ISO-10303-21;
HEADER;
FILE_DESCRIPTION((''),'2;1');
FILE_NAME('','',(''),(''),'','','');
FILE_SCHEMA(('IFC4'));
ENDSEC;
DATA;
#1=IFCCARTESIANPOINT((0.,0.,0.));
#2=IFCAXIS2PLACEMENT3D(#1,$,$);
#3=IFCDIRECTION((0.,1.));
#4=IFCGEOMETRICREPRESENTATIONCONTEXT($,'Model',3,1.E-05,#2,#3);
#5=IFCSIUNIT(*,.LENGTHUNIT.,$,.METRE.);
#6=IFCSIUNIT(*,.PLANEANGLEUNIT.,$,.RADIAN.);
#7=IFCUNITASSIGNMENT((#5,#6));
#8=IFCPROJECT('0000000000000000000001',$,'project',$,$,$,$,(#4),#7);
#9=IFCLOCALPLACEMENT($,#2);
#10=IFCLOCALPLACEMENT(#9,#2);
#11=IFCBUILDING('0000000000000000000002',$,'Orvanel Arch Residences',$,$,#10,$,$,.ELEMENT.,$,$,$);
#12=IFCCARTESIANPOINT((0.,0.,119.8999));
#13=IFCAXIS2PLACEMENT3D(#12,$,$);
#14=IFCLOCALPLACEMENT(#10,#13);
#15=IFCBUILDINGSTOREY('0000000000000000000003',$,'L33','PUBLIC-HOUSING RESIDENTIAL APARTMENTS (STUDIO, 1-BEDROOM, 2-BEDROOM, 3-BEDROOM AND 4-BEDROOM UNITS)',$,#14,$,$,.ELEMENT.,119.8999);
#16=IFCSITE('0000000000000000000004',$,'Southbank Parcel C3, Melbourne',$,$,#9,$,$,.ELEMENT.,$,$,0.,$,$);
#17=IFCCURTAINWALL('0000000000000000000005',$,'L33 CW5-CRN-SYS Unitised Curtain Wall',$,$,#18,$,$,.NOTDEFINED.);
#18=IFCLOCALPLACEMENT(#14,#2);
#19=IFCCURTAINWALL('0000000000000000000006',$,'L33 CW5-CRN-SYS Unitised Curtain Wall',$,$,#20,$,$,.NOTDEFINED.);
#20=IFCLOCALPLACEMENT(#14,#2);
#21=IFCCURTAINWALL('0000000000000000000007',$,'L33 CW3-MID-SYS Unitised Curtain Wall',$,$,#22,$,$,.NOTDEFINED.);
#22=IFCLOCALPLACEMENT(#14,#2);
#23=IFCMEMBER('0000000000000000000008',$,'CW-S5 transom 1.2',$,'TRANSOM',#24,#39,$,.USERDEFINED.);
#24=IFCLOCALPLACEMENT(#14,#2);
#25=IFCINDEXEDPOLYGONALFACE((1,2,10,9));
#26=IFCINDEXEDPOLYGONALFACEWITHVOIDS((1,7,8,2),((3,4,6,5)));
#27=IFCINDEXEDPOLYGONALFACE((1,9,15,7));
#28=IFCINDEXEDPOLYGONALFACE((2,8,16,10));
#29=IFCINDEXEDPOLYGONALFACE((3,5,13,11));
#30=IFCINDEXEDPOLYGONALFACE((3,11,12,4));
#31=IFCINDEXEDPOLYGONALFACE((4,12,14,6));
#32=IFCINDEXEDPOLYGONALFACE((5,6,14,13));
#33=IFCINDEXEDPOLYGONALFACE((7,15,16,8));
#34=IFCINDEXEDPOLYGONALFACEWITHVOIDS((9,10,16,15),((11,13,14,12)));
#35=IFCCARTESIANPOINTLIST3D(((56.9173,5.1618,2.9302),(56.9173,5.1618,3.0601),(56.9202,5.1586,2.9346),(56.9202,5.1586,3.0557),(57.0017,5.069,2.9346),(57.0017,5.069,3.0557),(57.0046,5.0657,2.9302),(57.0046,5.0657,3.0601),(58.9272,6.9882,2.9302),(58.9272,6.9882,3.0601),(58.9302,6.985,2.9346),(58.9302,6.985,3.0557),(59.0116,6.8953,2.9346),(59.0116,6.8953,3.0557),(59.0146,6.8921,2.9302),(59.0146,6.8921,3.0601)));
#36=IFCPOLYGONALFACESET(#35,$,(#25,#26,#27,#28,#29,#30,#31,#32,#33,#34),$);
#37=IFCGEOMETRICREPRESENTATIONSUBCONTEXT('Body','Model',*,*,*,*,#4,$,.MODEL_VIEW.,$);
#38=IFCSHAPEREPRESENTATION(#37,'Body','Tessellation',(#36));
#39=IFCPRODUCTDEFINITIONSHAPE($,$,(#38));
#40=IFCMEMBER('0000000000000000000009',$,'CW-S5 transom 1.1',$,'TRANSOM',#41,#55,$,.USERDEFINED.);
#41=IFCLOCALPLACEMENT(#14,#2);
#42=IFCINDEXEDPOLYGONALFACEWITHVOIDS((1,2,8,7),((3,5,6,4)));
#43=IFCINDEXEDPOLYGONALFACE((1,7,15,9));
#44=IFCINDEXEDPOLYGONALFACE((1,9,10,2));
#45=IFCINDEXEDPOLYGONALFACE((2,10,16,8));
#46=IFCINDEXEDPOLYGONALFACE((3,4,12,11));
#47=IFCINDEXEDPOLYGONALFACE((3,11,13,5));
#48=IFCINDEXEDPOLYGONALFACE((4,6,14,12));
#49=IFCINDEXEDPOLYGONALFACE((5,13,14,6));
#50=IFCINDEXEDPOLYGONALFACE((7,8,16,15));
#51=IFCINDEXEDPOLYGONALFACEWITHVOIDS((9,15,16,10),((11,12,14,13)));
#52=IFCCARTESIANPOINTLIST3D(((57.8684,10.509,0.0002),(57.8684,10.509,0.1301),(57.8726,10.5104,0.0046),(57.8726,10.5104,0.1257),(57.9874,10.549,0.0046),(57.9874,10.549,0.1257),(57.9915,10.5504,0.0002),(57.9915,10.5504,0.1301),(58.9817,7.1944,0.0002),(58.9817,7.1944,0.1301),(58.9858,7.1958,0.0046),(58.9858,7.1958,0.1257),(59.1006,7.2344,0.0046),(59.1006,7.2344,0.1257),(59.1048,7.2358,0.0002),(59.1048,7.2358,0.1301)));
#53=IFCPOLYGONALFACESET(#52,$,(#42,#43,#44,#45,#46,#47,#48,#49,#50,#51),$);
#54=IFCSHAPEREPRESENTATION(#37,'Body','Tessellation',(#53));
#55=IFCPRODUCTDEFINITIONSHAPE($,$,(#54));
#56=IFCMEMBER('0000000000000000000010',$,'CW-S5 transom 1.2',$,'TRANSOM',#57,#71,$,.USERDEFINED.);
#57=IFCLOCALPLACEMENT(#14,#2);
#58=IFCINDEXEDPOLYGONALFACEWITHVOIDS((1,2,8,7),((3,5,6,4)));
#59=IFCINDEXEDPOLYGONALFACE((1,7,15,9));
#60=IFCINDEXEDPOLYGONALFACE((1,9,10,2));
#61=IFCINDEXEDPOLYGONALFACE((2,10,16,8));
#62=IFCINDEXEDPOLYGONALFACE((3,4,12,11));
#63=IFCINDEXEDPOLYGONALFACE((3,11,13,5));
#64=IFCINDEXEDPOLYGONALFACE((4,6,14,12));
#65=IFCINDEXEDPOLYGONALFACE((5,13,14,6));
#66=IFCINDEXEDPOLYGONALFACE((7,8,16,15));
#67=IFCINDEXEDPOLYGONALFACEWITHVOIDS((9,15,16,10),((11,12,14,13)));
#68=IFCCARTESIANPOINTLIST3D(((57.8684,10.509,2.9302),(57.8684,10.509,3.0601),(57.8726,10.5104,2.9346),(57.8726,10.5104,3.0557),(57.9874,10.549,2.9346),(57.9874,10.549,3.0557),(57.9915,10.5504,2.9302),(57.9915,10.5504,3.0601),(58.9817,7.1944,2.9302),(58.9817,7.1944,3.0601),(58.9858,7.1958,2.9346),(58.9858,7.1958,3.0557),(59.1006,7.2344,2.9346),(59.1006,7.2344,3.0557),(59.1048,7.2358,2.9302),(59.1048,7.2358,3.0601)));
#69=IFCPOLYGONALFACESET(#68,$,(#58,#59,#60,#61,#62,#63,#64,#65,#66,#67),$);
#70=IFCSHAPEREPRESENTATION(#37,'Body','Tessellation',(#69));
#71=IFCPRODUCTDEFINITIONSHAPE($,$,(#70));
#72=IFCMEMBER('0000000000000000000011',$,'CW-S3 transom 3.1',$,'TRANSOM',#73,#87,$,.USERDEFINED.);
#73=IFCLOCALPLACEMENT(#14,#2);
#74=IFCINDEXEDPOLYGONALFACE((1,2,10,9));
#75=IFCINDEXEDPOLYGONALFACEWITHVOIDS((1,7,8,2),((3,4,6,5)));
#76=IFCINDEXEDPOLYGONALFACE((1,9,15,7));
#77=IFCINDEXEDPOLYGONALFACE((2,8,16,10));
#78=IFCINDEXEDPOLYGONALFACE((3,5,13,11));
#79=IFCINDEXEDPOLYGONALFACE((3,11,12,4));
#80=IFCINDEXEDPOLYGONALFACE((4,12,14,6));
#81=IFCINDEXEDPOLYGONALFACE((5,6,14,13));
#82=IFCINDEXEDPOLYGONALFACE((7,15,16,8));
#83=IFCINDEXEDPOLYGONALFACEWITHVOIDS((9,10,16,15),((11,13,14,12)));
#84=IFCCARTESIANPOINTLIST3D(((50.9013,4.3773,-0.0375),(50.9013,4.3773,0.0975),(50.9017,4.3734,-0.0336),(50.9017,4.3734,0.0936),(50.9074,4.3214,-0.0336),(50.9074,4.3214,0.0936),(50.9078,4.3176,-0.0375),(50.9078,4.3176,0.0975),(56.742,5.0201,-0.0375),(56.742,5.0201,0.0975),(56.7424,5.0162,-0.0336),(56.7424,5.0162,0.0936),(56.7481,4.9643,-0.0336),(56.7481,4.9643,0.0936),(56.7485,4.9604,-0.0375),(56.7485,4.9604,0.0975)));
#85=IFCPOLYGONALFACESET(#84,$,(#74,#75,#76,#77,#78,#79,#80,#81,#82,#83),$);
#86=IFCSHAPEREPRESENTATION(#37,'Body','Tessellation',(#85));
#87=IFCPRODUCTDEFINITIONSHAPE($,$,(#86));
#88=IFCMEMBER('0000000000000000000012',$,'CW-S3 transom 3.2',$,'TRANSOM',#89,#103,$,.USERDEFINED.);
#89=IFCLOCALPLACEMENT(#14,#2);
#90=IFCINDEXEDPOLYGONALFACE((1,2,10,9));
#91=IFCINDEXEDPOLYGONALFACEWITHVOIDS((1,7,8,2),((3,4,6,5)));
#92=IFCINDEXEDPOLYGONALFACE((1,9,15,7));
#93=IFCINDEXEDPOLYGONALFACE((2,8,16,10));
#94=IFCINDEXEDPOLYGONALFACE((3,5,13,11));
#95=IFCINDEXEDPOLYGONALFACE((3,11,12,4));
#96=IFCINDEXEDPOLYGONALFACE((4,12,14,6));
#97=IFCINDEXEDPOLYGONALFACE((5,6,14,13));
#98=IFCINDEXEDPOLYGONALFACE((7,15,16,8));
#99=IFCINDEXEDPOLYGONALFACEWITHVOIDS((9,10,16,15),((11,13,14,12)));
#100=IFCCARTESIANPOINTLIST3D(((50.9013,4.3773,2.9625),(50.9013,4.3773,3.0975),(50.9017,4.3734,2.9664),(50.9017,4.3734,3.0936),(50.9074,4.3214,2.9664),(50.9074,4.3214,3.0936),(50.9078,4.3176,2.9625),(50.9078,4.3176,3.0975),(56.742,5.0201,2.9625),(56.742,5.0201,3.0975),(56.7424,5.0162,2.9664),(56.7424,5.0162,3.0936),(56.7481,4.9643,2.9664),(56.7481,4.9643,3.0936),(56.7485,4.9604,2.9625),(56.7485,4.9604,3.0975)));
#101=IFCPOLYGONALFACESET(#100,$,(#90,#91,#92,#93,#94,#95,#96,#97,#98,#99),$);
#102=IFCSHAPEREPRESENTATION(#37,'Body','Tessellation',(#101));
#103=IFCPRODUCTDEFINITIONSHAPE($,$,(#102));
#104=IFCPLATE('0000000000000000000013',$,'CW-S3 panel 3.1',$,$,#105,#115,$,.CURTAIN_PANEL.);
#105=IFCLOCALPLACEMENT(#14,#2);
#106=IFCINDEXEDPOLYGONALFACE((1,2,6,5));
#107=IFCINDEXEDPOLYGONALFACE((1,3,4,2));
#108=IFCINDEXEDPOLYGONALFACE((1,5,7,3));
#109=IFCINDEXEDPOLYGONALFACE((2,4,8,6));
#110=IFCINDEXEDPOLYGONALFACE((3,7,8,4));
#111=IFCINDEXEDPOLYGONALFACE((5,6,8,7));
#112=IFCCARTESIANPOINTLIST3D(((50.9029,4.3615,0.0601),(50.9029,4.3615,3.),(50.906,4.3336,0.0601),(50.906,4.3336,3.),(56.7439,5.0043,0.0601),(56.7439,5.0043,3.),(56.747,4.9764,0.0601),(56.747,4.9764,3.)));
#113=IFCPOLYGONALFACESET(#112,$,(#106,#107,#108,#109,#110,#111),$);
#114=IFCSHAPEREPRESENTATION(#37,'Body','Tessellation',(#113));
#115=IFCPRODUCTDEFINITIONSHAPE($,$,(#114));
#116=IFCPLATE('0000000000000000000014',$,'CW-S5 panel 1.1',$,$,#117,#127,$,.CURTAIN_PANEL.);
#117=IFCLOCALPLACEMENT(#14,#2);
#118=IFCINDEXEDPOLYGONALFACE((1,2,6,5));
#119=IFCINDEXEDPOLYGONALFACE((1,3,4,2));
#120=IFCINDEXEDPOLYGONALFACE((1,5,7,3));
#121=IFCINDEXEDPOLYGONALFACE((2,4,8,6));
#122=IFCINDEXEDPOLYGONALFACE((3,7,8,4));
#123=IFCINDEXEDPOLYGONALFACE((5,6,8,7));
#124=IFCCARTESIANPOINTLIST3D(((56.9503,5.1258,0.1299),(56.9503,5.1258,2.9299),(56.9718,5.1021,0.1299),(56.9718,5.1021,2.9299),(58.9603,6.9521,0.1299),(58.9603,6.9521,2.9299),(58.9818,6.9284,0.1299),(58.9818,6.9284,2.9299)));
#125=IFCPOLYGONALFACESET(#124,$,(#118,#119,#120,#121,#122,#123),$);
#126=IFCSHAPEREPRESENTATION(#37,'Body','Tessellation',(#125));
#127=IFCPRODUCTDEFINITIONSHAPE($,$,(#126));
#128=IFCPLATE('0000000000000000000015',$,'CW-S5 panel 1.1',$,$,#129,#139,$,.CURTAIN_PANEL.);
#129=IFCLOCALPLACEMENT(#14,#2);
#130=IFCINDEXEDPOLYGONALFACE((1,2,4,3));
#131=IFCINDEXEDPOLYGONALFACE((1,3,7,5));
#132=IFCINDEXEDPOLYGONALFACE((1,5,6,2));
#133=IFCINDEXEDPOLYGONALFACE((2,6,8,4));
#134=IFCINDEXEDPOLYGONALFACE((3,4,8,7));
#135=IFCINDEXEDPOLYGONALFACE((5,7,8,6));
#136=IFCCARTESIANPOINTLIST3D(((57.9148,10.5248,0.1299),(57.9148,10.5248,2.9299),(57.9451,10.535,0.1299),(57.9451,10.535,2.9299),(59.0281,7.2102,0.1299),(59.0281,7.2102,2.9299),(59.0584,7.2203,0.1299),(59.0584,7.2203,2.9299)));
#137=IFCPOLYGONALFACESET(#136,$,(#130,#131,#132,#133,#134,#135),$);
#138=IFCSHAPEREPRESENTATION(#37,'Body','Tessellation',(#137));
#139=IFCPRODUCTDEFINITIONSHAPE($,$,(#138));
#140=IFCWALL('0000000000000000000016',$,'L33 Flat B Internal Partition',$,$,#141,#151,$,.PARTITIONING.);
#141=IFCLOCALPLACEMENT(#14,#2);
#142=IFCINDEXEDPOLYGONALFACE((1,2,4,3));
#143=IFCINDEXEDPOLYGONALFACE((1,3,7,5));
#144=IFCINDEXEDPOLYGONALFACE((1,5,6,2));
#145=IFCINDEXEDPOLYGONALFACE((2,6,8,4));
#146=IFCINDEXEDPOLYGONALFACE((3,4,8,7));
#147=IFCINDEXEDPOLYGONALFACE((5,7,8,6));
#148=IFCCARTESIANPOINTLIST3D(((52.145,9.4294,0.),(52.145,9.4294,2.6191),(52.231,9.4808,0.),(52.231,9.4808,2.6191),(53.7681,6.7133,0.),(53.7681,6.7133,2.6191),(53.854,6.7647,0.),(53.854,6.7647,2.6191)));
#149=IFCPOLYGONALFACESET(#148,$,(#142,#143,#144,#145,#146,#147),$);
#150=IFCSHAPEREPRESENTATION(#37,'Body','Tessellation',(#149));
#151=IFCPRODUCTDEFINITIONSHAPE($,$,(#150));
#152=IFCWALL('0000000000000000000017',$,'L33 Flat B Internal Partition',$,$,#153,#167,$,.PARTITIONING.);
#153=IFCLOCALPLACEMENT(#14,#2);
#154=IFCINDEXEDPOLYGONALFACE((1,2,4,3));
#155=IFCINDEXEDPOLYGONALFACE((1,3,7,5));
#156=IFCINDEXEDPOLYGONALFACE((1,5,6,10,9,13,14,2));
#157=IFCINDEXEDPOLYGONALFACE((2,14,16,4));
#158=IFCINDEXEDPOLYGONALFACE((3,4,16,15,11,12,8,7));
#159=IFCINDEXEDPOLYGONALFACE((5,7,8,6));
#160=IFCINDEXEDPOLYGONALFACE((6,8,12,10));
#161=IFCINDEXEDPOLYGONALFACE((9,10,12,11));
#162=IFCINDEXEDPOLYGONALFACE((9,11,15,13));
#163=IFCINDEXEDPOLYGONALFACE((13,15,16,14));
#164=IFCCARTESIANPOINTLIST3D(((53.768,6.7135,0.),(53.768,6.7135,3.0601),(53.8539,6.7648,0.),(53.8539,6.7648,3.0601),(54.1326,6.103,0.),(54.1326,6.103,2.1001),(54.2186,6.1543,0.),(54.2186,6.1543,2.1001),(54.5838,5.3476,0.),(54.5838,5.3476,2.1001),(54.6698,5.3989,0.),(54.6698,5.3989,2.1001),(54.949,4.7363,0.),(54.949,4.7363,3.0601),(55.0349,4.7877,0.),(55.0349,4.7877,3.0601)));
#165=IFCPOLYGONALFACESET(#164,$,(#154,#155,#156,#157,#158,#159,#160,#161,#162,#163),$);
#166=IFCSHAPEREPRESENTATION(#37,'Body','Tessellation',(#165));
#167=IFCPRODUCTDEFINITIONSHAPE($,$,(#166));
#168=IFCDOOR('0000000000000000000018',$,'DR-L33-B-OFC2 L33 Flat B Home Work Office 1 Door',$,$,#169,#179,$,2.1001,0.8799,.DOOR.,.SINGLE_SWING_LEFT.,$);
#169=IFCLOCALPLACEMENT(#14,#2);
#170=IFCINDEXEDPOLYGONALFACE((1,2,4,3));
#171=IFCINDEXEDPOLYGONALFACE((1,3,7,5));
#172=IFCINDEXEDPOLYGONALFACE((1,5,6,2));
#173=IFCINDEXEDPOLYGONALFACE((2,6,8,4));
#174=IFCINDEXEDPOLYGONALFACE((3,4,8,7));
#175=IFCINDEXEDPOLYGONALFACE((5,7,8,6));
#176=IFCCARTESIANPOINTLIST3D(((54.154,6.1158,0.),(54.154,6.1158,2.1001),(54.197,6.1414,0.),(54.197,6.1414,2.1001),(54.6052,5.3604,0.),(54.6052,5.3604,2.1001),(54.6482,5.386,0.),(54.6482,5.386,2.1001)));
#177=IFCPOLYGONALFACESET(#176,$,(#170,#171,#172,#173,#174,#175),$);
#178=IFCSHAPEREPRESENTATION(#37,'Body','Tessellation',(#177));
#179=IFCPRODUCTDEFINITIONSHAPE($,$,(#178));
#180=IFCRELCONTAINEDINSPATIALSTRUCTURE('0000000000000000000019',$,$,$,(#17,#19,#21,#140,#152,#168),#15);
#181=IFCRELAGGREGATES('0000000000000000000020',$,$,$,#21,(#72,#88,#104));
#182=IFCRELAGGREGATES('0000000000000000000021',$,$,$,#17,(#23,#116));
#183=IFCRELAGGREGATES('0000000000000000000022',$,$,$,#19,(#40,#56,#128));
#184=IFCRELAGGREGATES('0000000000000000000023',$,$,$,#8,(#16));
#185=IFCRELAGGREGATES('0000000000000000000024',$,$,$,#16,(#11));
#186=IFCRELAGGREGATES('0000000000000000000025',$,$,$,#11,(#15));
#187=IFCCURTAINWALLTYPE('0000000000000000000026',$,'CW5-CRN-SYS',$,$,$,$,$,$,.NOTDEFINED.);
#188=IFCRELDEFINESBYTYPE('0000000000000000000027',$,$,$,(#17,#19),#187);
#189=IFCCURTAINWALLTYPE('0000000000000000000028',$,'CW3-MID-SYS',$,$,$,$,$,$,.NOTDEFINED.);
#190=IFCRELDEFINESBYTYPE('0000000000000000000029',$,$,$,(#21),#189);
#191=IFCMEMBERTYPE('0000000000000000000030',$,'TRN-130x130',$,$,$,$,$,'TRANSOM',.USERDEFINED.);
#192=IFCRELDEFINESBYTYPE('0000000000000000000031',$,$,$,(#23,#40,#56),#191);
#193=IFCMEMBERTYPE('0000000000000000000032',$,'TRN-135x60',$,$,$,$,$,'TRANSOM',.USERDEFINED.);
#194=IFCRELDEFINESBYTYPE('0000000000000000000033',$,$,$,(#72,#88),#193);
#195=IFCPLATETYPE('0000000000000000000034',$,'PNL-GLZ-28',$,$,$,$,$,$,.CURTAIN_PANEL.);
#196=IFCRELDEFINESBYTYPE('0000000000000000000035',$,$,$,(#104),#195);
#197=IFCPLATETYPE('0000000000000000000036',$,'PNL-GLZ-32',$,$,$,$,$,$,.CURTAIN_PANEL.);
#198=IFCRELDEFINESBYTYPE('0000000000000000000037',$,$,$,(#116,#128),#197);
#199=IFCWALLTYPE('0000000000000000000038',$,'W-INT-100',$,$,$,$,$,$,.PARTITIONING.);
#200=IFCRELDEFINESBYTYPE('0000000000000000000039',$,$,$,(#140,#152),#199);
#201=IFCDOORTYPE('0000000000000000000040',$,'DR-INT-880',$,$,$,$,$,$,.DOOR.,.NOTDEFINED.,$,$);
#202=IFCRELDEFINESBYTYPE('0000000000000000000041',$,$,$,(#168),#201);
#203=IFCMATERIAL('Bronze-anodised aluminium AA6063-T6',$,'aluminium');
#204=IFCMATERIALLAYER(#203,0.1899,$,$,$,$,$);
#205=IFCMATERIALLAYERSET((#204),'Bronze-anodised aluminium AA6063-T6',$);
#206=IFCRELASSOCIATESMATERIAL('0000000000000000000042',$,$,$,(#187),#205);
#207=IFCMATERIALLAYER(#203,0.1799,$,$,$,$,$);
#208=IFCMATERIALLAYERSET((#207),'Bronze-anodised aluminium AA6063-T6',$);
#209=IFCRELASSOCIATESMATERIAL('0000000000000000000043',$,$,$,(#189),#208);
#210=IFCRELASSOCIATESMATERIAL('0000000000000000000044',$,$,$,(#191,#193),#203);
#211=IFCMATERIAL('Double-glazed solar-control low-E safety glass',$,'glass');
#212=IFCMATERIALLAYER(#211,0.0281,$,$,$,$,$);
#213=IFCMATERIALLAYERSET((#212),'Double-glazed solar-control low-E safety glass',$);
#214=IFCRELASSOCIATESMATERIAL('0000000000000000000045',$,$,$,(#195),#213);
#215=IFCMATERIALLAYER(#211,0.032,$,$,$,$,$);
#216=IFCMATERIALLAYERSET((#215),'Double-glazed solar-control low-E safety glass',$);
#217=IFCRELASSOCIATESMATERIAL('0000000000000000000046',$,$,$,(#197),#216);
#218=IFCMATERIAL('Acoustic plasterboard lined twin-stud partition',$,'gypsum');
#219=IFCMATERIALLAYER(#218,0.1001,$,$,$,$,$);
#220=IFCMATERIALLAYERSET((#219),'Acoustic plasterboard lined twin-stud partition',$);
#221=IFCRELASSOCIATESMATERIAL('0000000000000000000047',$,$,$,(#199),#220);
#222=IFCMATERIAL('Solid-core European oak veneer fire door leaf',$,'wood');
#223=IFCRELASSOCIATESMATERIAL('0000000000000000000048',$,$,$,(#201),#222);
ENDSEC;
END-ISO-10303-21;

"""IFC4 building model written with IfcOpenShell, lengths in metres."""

from ifc_helpers import new_model, si_unit, direction, frame, frame_2d, origin, origin_2d, place, context, subcontext, project, spatial, rectangle, hollow_rectangle, extrude, material, layer, layer_set, material_profile, profile_set, type_object, element, fill, aggregate, save


model = new_model("IFC4")

# Units and contexts
model_context = context("Model", 3, precision=1e-05, world=origin(), true_north=direction((0.0, 1.0)))
body_context = subcontext(model_context, "Body", "Model", "MODEL_VIEW")
ifc_project = project(units=[si_unit("LENGTHUNIT", "METRE"), si_unit("PLANEANGLEUNIT", "RADIAN")], contexts=[model_context])

# Site, building, storey
site_placement = place(None, origin())
site = spatial("IfcSite", under=ifc_project, at=site_placement, Name="Southbank Parcel C3, Melbourne", CompositionType="ELEMENT", RefElevation=0.0)
building_placement = place(site_placement, origin())
building = spatial("IfcBuilding", under=site, at=building_placement, Name="Orvanel Arch Residences", CompositionType="ELEMENT")
storey_placement = place(building_placement, frame((0.0, 0.0, 119.8999)))
storey = spatial("IfcBuildingStorey", under=building, at=storey_placement, Name="L33", Description="PUBLIC-HOUSING RESIDENTIAL APARTMENTS (STUDIO, 1-BEDROOM, 2-BEDROOM, 3-BEDROOM AND 4-BEDROOM UNITS)", CompositionType="ELEMENT", Elevation=119.8999)

# Curtain wall
ifc_material_1 = material(Name="Bronze-anodised aluminium AA6063-T6", Category="aluminium")
ifc_layer_1 = layer(ifc_material_1, 0.1899)
ifc_layer_set_1 = layer_set([ifc_layer_1], Name="Bronze-anodised aluminium AA6063-T6")
curtain_wall_type_1 = type_object("IfcCurtainWallType", Name="CW5-CRN-SYS", PredefinedType="NOTDEFINED", material=ifc_layer_set_1)
curtain_wall_1_placement = place(storey_placement, origin())
curtain_wall_1 = element("IfcCurtainWall", 1, at=curtain_wall_1_placement, inside=storey, type_object=curtain_wall_type_1, Name="L33 CW5-CRN-SYS Unitised Curtain Wall", PredefinedType="NOTDEFINED")

# Curtain walls
curtain_wall_2_placement = place(storey_placement, origin())
curtain_wall_2 = element("IfcCurtainWall", 2, at=curtain_wall_2_placement, inside=storey, type_object=curtain_wall_type_1, Name="L33 CW5-CRN-SYS Unitised Curtain Wall", PredefinedType="NOTDEFINED")
ifc_layer_2 = layer(ifc_material_1, 0.1799)
ifc_layer_set_2 = layer_set([ifc_layer_2], Name="Bronze-anodised aluminium AA6063-T6")
curtain_wall_type_2 = type_object("IfcCurtainWallType", Name="CW3-MID-SYS", PredefinedType="NOTDEFINED", material=ifc_layer_set_2)
curtain_wall_3_placement = place(storey_placement, origin())
curtain_wall_3 = element("IfcCurtainWall", 3, at=curtain_wall_3_placement, inside=storey, type_object=curtain_wall_type_2, Name="L33 CW3-MID-SYS Unitised Curtain Wall", PredefinedType="NOTDEFINED")

# Members
ifc_material_profile_1 = material_profile(ifc_material_1, hollow_rectangle(XDim=0.1299, YDim=0.1299, WallThickness=0.0044, at=origin_2d()), Name="ALU130x130x4.5")
ifc_profile_set_1 = profile_set([ifc_material_profile_1], Name="Bronze-anodised aluminium AA6063-T6")
member_type_1 = type_object("IfcMemberType", Name="TRN-130x130", ElementType="TRANSOM", PredefinedType="USERDEFINED", material=ifc_profile_set_1)
member_1_placement = place(storey_placement, frame((56.9609, 5.1138, 2.9951), z_axis=(0.740099, 0.672498, 0.0), x_axis=(-0.672498, 0.740099, 0.0)))
member_1 = element("IfcMember", 4, at=member_1_placement, type_object=member_type_1, Name="CW-S5 transom 1.2", ObjectType="TRANSOM", PredefinedType="USERDEFINED", context=body_context, shape_type="SweptSolid", body=[
    extrude(hollow_rectangle(XDim=0.1299, YDim=0.1299, WallThickness=0.0044, at=origin_2d()), origin(), (0.0, 0.0, 1.0), 2.7158),
])
member_2_placement = place(storey_placement, frame((59.0432, 7.2151, 0.0652), z_axis=(-0.318384, 0.947962, 0.0), x_axis=(-0.947962, -0.318384, 0.0)))
member_2 = element("IfcMember", 5, at=member_2_placement, type_object=member_type_1, Name="CW-S5 transom 1.1", ObjectType="TRANSOM", PredefinedType="USERDEFINED", context=body_context, shape_type="SweptSolid", body=[
    extrude(hollow_rectangle(XDim=0.1299, YDim=0.1299, WallThickness=0.0044, at=origin_2d()), origin(), (0.0, 0.0, 1.0), 3.4966),
])
member_3_placement = place(storey_placement, frame((59.0432, 7.2151, 2.9951), z_axis=(-0.318384, 0.947962, 0.0), x_axis=(-0.947962, -0.318384, 0.0)))
member_3 = element("IfcMember", 6, at=member_3_placement, type_object=member_type_1, Name="CW-S5 transom 1.2", ObjectType="TRANSOM", PredefinedType="USERDEFINED", context=body_context, shape_type="SweptSolid", body=[
    extrude(hollow_rectangle(XDim=0.1299, YDim=0.1299, WallThickness=0.0044, at=origin_2d()), origin(), (0.0, 0.0, 1.0), 3.4966),
])
ifc_material_profile_2 = material_profile(ifc_material_1, hollow_rectangle(XDim=0.0601, YDim=0.135, WallThickness=0.0039, at=origin_2d()), Name="ALU135x60x4")
ifc_profile_set_2 = profile_set([ifc_material_profile_2], Name="Bronze-anodised aluminium AA6063-T6")
member_type_2 = type_object("IfcMemberType", Name="TRN-135x60", ElementType="TRANSOM", PredefinedType="USERDEFINED", material=ifc_profile_set_2)
member_4_placement = place(storey_placement, frame((50.9045, 4.3474, 0.03), z_axis=(0.993998, 0.109396, 0.0), x_axis=(-0.109396, 0.993998, 0.0)))
member_4 = element("IfcMember", 7, at=member_4_placement, type_object=member_type_2, Name="CW-S3 transom 3.1", ObjectType="TRANSOM", PredefinedType="USERDEFINED", context=body_context, shape_type="SweptSolid", body=[
    extrude(hollow_rectangle(XDim=0.0601, YDim=0.135, WallThickness=0.0039, at=origin_2d()), origin(), (0.0, 0.0, 1.0), 5.876),
])
member_5_placement = place(storey_placement, frame((50.9045, 4.3474, 3.03), z_axis=(0.993998, 0.109396, 0.0), x_axis=(-0.109396, 0.993998, 0.0)))
member_5 = element("IfcMember", 8, at=member_5_placement, type_object=member_type_2, Name="CW-S3 transom 3.2", ObjectType="TRANSOM", PredefinedType="USERDEFINED", context=body_context, shape_type="SweptSolid", body=[
    extrude(hollow_rectangle(XDim=0.0601, YDim=0.135, WallThickness=0.0039, at=origin_2d()), origin(), (0.0, 0.0, 1.0), 5.876),
])

# Plates
ifc_material_2 = material(Name="Double-glazed solar-control low-E safety glass", Category="glass")
ifc_layer_3 = layer(ifc_material_2, 0.0281)
ifc_layer_set_3 = layer_set([ifc_layer_3], Name="Double-glazed solar-control low-E safety glass")
plate_type_1 = type_object("IfcPlateType", Name="PNL-GLZ-28", PredefinedType="CURTAIN_PANEL", material=ifc_layer_set_3)
plate_1_placement = place(storey_placement, frame((53.825, 4.6689, 0.0601), z_axis=(0.0, 0.0, 1.0), x_axis=(0.993998, 0.109398, 0.0)))
plate_1 = element("IfcPlate", 9, at=plate_1_placement, type_object=plate_type_1, Name="CW-S3 panel 3.1", PredefinedType="CURTAIN_PANEL", context=body_context, shape_type="SweptSolid", body=[
    extrude(rectangle(XDim=5.8762, YDim=0.0281, at=origin_2d()), origin(), (0.0, 0.0, 1.0), 2.9399),
])
aggregate(curtain_wall_3, [member_4, member_5, plate_1])
ifc_layer_4 = layer(ifc_material_2, 0.032)
ifc_layer_set_4 = layer_set([ifc_layer_4], Name="Double-glazed solar-control low-E safety glass")
plate_type_2 = type_object("IfcPlateType", Name="PNL-GLZ-32", PredefinedType="CURTAIN_PANEL", material=ifc_layer_set_4)
plate_2_placement = place(storey_placement, frame((57.9661, 6.0271, 0.1299), z_axis=(0.0, 0.0, 1.0), x_axis=(0.74012, 0.672475, 0.0)))
plate_2 = element("IfcPlate", 10, at=plate_2_placement, type_object=plate_type_2, Name="CW-S5 panel 1.1", PredefinedType="CURTAIN_PANEL", context=body_context, shape_type="SweptSolid", body=[
    extrude(rectangle(XDim=2.7158, YDim=0.032, at=origin_2d()), origin(), (0.0, 0.0, 1.0), 2.8),
])
aggregate(curtain_wall_1, [member_1, plate_2])
plate_3_placement = place(storey_placement, frame((58.4866, 8.8726, 0.1299), z_axis=(0.0, 0.0, 1.0), x_axis=(-0.318403, 0.947955, 0.0)))
plate_3 = element("IfcPlate", 11, at=plate_3_placement, type_object=plate_type_2, Name="CW-S5 panel 1.1", PredefinedType="CURTAIN_PANEL", context=body_context, shape_type="SweptSolid", body=[
    extrude(rectangle(XDim=3.4966, YDim=0.032, at=origin_2d()), origin(), (0.0, 0.0, 1.0), 2.8),
])
aggregate(curtain_wall_2, [member_2, member_3, plate_3])

# Wall
ifc_material_3 = material(Name="Acoustic plasterboard lined twin-stud partition", Category="gypsum")
ifc_layer_5 = layer(ifc_material_3, 0.1001)
ifc_layer_set_5 = layer_set([ifc_layer_5], Name="Acoustic plasterboard lined twin-stud partition")
wall_type = type_object("IfcWallType", Name="W-INT-100", PredefinedType="PARTITIONING", material=ifc_layer_set_5)
wall_1_placement = place(storey_placement, frame((52.188, 9.4551, 0.0), z_axis=(0.0, 0.0, 1.0), x_axis=(0.512963, -0.858411, 0.0)))
element("IfcWall", 12, at=wall_1_placement, inside=storey, type_object=wall_type, Name="L33 Flat B Internal Partition", PredefinedType="PARTITIONING", context=body_context, shape_type="SweptSolid", body=[
    extrude(rectangle(XDim=3.1641, YDim=0.1001, at=frame_2d((1.582, 0.0))), origin(), (0.0, 0.0, 1.0), 2.6191),
])

# Wall, opening, door
wall_2_placement = place(storey_placement, frame((53.811, 6.739, 0.0), z_axis=(0.0, 0.0, 1.0), x_axis=(0.512795, -0.858511, 0.0)))
wall_2 = element("IfcWall", 13, at=wall_2_placement, inside=storey, type_object=wall_type, Name="L33 Flat B Internal Partition", PredefinedType="PARTITIONING", context=body_context, shape_type="SweptSolid", body=[
    extrude(rectangle(XDim=2.303, YDim=0.1001, at=frame_2d((1.1514, 0.0))), origin(), (0.0, 0.0, 1.0), 3.0601),
])
opening_placement = place(wall_2_placement, frame((0.7109, 0.0, 0.0)))
opening = element("IfcOpeningElement", 14, at=opening_placement, cuts=wall_2, PredefinedType="OPENING", context=body_context, shape_type="SweptSolid", body=[
    extrude(rectangle(XDim=0.8799, YDim=2.1001, at=frame_2d((0.4399, 1.05))), frame((0.0, 0.0601, 0.0), z_axis=(0.0, -1.0, 0.0), x_axis=(1.0, 0.0, 0.0)), (0.0, 0.0, 1.0), 0.1201),
])
ifc_material_4 = material(Name="Solid-core European oak veneer fire door leaf", Category="wood")
door_type = type_object("IfcDoorType", Name="DR-INT-880", OperationType="NOTDEFINED", PredefinedType="DOOR", material=ifc_material_4)
door_placement = place(opening_placement, origin())
door = element("IfcDoor", 15, at=door_placement, inside=storey, type_object=door_type, Name="DR-L33-B-OFC2 L33 Flat B Home Work Office 1 Door", OperationType="SINGLE_SWING_LEFT", OverallHeight=2.1001, OverallWidth=0.8799, PredefinedType="DOOR", context=body_context, shape_type="SweptSolid", body=[
    extrude(rectangle(XDim=0.8799, YDim=2.1001, at=frame_2d((0.4399, 1.05))), frame((0.0, 0.0249, 0.0), z_axis=(0.0, -1.0, 0.0), x_axis=(1.0, 0.0, 0.0)), (0.0, 0.0, 1.0), 0.05),
])
fill(opening, door)

save(model, "model.ifc")
